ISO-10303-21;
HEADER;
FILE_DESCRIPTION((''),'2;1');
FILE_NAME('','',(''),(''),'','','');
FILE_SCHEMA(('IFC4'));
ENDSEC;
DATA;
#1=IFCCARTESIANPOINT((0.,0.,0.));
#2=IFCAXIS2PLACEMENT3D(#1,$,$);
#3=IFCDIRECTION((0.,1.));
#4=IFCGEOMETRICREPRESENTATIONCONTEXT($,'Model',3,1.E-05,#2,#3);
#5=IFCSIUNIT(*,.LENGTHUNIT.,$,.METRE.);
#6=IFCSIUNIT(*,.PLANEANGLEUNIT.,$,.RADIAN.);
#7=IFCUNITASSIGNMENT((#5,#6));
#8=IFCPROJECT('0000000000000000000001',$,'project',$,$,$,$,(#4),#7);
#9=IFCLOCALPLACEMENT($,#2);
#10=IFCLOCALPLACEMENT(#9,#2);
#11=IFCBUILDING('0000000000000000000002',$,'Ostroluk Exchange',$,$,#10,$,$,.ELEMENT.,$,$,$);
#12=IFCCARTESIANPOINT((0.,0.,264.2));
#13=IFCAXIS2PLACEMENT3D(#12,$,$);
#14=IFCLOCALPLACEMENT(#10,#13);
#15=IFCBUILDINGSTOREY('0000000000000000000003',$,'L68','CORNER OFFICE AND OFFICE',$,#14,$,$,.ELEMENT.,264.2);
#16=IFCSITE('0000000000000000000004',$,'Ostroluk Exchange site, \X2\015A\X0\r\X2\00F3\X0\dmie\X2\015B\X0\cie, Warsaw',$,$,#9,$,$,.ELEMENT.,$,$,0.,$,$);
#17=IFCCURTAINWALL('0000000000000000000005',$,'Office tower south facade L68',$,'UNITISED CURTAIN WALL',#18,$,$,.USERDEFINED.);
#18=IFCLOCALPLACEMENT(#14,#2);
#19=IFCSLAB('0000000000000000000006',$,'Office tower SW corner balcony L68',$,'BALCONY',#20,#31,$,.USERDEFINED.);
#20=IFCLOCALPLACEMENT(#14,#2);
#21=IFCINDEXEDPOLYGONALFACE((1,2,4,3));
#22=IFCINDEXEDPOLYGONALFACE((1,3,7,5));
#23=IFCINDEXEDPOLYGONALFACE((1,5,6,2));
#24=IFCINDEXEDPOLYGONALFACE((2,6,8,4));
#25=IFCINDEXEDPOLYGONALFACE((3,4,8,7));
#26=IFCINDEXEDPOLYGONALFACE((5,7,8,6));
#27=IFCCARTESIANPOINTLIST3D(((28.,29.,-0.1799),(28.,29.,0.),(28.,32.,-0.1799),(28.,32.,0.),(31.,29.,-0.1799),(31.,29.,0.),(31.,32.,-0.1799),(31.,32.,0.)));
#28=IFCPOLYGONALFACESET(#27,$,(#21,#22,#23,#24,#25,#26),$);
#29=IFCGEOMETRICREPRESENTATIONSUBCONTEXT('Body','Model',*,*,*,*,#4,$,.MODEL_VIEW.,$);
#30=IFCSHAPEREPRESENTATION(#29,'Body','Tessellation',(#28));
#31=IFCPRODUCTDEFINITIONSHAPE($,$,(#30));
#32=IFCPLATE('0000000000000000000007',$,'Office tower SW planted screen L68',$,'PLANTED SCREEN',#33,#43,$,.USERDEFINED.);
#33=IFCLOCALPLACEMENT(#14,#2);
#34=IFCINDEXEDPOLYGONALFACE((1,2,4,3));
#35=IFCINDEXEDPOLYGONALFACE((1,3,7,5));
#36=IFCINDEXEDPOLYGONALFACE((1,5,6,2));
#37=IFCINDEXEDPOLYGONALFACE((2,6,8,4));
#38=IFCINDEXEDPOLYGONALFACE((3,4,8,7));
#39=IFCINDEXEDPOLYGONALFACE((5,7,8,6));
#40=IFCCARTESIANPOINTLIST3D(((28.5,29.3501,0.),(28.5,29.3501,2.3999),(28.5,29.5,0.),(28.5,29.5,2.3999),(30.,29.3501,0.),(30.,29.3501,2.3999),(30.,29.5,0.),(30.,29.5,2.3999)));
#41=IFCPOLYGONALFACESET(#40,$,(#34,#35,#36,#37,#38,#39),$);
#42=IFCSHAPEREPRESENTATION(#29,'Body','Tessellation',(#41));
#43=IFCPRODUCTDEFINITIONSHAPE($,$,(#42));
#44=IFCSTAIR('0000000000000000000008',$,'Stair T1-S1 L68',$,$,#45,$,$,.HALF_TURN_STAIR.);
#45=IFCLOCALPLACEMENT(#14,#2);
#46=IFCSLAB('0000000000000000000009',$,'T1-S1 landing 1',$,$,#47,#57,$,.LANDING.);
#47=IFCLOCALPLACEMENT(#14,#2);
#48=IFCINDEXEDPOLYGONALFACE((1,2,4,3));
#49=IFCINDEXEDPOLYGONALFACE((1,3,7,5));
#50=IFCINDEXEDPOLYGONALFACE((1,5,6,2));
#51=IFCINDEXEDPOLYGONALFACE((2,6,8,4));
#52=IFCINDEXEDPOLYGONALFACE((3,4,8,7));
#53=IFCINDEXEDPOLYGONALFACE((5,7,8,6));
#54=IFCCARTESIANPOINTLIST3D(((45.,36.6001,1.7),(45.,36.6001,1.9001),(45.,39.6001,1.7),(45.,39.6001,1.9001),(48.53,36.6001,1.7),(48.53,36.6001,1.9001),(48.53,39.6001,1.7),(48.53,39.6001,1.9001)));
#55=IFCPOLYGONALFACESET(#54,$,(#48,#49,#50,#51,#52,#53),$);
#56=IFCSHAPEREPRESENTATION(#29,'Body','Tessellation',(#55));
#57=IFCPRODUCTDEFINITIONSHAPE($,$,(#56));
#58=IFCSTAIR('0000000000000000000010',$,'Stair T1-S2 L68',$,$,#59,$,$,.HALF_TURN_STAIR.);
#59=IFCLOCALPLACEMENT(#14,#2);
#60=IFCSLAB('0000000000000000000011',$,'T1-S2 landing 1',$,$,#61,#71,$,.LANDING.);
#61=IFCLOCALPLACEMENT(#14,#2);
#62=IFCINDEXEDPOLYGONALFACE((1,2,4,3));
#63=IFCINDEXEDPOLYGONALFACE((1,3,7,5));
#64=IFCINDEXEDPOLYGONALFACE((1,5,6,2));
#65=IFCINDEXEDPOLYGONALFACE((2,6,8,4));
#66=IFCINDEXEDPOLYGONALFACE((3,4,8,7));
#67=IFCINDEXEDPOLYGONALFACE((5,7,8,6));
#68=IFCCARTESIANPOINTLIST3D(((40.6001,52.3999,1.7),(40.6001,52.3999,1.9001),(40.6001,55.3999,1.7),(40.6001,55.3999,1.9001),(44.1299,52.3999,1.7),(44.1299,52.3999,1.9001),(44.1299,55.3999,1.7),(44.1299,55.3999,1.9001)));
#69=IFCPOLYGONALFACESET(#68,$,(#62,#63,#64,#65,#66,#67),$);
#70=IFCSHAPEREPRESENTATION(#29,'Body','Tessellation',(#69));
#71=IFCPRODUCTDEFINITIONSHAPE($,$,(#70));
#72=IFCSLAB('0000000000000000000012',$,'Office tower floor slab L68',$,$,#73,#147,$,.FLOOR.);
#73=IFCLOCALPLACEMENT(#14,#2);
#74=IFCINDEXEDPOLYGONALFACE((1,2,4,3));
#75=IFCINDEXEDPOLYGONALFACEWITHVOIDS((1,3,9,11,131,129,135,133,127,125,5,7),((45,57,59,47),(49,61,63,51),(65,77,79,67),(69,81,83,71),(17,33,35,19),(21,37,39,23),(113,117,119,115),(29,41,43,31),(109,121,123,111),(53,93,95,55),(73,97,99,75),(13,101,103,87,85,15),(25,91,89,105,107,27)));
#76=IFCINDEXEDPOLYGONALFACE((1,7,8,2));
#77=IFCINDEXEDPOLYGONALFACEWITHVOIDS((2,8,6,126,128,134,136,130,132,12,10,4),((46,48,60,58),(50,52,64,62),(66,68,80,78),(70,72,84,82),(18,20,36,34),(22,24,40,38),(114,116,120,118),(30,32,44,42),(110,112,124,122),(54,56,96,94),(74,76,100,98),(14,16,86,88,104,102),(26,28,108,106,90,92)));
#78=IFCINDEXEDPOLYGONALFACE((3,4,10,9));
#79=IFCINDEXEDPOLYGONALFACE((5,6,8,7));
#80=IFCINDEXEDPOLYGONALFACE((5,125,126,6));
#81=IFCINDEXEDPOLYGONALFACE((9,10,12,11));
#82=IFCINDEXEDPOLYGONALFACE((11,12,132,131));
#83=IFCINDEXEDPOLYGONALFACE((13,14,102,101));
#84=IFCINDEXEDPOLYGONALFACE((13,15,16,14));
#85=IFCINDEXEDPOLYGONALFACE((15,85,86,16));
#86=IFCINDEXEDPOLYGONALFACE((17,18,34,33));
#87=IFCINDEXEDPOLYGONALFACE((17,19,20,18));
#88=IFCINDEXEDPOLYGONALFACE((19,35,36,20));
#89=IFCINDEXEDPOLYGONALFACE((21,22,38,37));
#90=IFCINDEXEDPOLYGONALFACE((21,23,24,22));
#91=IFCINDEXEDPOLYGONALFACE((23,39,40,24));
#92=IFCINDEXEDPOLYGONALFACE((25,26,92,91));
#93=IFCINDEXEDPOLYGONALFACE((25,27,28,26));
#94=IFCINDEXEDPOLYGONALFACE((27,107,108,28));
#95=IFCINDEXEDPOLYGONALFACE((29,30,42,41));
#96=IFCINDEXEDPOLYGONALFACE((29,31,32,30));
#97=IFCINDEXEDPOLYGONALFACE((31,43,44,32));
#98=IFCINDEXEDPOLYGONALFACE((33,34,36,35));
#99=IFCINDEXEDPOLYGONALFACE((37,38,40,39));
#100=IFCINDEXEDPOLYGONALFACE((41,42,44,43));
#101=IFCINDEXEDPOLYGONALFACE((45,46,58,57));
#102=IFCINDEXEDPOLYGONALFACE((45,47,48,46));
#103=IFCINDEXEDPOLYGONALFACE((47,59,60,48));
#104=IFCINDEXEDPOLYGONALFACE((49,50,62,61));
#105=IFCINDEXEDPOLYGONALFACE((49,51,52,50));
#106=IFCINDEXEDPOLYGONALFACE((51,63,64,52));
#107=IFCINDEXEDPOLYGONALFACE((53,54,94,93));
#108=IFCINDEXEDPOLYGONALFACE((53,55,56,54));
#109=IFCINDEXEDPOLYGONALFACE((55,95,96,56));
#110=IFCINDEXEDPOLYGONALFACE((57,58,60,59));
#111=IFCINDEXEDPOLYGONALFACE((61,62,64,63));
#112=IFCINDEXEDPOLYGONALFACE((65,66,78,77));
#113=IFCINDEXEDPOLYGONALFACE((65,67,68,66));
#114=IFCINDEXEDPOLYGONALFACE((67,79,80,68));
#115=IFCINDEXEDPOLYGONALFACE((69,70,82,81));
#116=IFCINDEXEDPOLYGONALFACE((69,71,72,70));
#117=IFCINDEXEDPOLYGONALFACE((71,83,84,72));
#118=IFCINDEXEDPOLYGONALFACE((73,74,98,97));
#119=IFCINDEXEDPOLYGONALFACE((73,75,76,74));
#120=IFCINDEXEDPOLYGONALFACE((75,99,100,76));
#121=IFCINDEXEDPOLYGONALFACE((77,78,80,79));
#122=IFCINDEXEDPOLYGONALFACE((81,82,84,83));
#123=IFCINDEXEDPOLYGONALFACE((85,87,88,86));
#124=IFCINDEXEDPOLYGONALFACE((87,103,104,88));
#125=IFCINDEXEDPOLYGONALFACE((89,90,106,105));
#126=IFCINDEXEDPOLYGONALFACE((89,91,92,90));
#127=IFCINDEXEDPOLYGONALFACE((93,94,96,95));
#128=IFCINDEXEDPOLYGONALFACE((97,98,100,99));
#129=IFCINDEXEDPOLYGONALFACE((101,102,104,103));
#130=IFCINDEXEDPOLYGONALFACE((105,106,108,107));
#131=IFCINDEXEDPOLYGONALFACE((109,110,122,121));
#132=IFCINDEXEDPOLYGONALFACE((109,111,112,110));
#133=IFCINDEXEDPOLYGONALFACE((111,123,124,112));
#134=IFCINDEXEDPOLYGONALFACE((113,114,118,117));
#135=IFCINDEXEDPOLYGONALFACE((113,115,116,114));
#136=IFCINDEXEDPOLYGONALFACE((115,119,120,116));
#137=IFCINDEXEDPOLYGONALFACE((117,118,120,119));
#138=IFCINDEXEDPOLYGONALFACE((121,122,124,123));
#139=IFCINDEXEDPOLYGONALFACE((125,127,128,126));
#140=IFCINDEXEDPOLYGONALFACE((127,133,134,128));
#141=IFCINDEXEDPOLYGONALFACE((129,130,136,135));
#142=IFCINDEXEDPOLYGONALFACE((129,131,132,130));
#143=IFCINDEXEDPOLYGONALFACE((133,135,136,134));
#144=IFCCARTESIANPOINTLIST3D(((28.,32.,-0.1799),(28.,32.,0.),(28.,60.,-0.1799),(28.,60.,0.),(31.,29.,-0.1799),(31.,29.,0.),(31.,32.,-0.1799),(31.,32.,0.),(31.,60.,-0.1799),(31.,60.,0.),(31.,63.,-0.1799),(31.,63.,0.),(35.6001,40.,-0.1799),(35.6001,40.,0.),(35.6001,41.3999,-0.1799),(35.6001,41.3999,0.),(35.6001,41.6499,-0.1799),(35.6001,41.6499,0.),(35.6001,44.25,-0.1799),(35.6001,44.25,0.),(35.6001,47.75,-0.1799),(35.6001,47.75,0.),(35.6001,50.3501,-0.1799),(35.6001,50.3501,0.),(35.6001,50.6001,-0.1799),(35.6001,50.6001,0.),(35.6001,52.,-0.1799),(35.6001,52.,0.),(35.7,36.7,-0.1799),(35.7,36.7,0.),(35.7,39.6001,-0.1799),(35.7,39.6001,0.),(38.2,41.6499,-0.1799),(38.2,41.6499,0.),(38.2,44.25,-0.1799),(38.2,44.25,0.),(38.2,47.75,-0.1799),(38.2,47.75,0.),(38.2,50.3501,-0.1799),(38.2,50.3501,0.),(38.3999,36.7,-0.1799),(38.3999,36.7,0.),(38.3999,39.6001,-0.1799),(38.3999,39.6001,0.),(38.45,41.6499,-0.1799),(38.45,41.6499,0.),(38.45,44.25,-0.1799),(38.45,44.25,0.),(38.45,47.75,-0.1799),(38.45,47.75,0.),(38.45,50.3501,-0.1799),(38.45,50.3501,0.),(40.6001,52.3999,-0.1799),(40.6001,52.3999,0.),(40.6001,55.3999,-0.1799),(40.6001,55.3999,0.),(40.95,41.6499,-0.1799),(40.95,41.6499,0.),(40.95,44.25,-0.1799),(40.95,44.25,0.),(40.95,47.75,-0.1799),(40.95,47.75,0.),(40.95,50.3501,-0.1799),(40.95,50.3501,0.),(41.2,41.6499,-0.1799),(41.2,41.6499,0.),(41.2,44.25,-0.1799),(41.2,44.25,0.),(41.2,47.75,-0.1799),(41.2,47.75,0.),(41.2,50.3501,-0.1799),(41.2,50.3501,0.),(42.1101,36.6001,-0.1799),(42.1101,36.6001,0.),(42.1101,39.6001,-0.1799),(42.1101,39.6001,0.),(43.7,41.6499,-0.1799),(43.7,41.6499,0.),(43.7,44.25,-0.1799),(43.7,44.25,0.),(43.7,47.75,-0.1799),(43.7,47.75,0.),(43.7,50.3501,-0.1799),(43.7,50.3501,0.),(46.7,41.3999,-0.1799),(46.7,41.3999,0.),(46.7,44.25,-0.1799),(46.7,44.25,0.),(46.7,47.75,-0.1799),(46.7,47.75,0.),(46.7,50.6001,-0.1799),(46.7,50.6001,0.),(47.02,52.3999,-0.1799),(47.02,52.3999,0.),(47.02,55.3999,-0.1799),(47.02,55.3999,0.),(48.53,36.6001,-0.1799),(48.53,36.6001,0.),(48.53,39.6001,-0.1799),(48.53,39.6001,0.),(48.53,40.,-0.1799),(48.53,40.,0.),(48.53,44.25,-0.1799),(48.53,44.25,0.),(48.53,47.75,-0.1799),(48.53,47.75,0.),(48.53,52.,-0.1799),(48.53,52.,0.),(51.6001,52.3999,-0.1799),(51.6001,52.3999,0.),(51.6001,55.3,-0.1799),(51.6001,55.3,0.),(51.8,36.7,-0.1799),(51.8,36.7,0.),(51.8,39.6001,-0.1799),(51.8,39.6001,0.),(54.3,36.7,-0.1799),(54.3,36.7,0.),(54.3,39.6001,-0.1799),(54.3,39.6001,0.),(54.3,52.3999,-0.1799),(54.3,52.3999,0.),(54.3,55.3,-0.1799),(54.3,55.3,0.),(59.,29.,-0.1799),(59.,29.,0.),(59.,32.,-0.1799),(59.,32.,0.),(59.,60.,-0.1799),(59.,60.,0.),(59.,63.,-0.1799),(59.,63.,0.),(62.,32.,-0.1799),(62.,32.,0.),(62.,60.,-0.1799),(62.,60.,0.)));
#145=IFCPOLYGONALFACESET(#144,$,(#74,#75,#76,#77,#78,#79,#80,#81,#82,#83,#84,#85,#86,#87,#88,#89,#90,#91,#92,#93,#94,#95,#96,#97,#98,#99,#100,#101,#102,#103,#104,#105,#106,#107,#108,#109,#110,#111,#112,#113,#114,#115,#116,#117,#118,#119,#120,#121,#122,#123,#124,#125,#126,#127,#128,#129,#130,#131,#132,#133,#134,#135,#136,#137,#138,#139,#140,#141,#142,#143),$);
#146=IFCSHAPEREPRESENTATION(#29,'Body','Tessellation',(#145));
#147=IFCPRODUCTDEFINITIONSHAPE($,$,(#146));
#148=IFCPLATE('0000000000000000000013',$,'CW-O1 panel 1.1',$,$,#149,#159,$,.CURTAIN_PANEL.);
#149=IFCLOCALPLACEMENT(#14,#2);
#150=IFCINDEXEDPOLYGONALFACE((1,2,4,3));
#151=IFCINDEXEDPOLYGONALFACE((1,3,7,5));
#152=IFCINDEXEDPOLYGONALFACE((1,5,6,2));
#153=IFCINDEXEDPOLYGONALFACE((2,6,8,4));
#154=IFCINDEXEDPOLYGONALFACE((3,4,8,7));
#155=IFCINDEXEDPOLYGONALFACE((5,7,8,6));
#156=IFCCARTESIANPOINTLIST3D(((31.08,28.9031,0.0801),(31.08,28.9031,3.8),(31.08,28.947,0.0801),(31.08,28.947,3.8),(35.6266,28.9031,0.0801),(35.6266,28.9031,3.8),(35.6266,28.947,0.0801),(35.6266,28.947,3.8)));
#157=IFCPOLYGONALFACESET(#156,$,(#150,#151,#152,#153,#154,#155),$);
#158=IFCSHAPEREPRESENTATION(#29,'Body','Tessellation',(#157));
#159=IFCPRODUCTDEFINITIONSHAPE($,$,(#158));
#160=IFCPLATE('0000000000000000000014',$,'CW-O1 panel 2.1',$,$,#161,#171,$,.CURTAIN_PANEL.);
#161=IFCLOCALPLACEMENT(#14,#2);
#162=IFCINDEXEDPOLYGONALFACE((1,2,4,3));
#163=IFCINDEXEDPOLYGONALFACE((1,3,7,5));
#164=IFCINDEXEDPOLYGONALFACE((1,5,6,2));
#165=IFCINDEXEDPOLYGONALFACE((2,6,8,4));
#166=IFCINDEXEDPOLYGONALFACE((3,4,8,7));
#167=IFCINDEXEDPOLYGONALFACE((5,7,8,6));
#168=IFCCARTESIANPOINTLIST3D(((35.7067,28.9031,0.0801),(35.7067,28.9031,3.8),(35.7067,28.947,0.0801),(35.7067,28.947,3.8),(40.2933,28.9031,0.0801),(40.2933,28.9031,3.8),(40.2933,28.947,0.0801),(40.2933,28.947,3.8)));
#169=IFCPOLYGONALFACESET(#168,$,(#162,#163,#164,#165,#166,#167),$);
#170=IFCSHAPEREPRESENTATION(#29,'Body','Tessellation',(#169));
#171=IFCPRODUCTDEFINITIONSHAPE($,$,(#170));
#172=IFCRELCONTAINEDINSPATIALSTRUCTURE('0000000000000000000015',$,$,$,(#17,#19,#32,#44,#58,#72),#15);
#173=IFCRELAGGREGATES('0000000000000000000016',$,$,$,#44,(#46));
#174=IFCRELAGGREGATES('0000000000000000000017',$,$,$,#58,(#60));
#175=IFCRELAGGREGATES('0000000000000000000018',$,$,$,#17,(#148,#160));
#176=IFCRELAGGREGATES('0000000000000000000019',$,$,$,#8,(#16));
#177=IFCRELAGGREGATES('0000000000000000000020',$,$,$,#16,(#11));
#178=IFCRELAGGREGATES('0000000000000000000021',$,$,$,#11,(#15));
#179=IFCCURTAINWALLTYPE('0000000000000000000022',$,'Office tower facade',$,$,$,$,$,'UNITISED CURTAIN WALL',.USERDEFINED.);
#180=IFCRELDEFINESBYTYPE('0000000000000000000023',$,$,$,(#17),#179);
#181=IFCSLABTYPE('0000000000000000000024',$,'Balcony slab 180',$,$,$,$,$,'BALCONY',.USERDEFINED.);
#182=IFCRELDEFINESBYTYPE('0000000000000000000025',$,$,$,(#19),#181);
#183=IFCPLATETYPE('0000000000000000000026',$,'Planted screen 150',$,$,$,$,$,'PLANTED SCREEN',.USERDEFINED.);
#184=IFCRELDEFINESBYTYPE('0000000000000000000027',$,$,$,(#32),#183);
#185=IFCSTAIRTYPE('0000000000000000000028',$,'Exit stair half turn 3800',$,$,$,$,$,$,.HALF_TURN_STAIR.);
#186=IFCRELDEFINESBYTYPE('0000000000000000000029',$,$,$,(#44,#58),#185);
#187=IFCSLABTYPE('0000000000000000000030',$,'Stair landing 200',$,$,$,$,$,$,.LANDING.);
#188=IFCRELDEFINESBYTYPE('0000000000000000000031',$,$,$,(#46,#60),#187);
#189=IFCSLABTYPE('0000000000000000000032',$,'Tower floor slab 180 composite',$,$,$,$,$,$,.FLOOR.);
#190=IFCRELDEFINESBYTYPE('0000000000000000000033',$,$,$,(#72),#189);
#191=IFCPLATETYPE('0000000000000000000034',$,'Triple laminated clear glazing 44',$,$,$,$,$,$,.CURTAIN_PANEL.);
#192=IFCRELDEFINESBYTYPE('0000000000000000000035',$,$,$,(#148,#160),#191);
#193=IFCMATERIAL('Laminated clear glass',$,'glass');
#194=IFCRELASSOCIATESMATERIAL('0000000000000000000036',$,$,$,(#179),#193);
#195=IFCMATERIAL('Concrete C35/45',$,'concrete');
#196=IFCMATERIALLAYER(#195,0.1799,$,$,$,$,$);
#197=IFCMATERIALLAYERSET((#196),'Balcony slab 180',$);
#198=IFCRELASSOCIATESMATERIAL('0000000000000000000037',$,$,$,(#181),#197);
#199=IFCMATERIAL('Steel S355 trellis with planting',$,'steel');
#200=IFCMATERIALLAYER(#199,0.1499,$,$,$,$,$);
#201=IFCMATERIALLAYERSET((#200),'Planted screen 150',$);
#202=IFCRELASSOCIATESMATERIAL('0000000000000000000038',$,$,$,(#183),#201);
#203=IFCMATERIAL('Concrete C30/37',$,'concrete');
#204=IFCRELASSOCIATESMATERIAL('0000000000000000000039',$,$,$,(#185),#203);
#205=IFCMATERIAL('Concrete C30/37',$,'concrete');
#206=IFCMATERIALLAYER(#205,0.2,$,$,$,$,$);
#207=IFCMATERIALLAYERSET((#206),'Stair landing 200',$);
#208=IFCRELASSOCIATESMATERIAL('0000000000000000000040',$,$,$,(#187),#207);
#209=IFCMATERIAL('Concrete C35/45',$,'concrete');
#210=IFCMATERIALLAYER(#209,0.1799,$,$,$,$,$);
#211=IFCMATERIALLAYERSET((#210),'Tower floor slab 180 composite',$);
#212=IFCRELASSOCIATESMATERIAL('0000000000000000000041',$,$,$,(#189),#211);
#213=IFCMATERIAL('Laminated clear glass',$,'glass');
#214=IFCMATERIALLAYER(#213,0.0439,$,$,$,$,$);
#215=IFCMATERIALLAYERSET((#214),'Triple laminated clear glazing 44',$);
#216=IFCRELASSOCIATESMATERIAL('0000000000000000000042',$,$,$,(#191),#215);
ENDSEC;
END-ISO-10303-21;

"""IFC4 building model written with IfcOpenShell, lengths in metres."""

from ifc_helpers import new_model, si_unit, direction, frame, origin, origin_2d, place, context, subcontext, project, spatial, polyline, rectangle, outline, extrude, material, layer, layer_set, type_object, element, aggregate, save


model = new_model("IFC4")

# Units and contexts
model_context = context("Model", 3, precision=1e-05, world=origin(), true_north=direction((0.0, 1.0)))
body_context = subcontext(model_context, "Body", "Model", "MODEL_VIEW")
ifc_project = project(units=[si_unit("LENGTHUNIT", "METRE"), si_unit("PLANEANGLEUNIT", "RADIAN")], contexts=[model_context])

# Site, building, storey
site_placement = place(None, origin())
site = spatial("IfcSite", under=ifc_project, at=site_placement, Name="Ostroluk Exchange site, Śródmieście, Warsaw", CompositionType="ELEMENT", RefElevation=0.0)
building_placement = place(site_placement, origin())
building = spatial("IfcBuilding", under=site, at=building_placement, Name="Ostroluk Exchange", CompositionType="ELEMENT")
storey_placement = place(building_placement, frame((0.0, 0.0, 264.2)))
storey = spatial("IfcBuildingStorey", under=building, at=storey_placement, Name="L68", Description="CORNER OFFICE AND OFFICE", CompositionType="ELEMENT", Elevation=264.2)

# Curtain wall
ifc_material_1 = material(Name="Laminated clear glass", Category="glass")
curtain_wall_type = type_object("IfcCurtainWallType", Name="Office tower facade", ElementType="UNITISED CURTAIN WALL", PredefinedType="USERDEFINED", material=ifc_material_1)
curtain_wall_1_placement = place(storey_placement, origin())
curtain_wall_1 = element("IfcCurtainWall", 1, at=curtain_wall_1_placement, inside=storey, type_object=curtain_wall_type, Name="Office tower south facade L68", ObjectType="UNITISED CURTAIN WALL", PredefinedType="USERDEFINED")

# Slab
ifc_material_2 = material(Name="Concrete C35/45", Category="concrete")
ifc_layer_1 = layer(ifc_material_2, 0.1799)
ifc_layer_set_1 = layer_set([ifc_layer_1], Name="Balcony slab 180")
slab_type_1 = type_object("IfcSlabType", Name="Balcony slab 180", ElementType="BALCONY", PredefinedType="USERDEFINED", material=ifc_layer_set_1)
slab_1_placement = place(storey_placement, frame((0.0, 0.0, -0.1799)))
element("IfcSlab", 2, at=slab_1_placement, inside=storey, type_object=slab_type_1, Name="Office tower SW corner balcony L68", ObjectType="BALCONY", PredefinedType="USERDEFINED", context=body_context, shape_type="SweptSolid", body=[
    extrude(outline(polyline([(28.0, 29.0), (31.0, 29.0), (31.0, 32.0), (28.0, 32.0), (28.0, 29.0)])), origin(), (0.0, 0.0, 1.0), 0.1799),
])

# Plate
ifc_material_3 = material(Name="Steel S355 trellis with planting", Category="steel")
ifc_layer_2 = layer(ifc_material_3, 0.1499)
ifc_layer_set_2 = layer_set([ifc_layer_2], Name="Planted screen 150")
plate_type_1 = type_object("IfcPlateType", Name="Planted screen 150", ElementType="PLANTED SCREEN", PredefinedType="USERDEFINED", material=ifc_layer_set_2)
plate_1_placement = place(storey_placement, frame((29.25, 29.425, 0.0), z_axis=(0.0, 0.0, 1.0), x_axis=(1.0, 0.0, 0.0)))
element("IfcPlate", 3, at=plate_1_placement, inside=storey, type_object=plate_type_1, Name="Office tower SW planted screen L68", ObjectType="PLANTED SCREEN", PredefinedType="USERDEFINED", context=body_context, shape_type="SweptSolid", body=[
    extrude(rectangle(XDim=1.5, YDim=0.1499, at=origin_2d()), origin(), (0.0, 0.0, 1.0), 2.3999),
])

# Stairs, slabs
ifc_material_4 = material(Name="Concrete C30/37", Category="concrete")
stair_type = type_object("IfcStairType", Name="Exit stair half turn 3800", PredefinedType="HALF_TURN_STAIR", material=ifc_material_4)
stair_1_placement = place(storey_placement, origin())
stair_1 = element("IfcStair", 4, at=stair_1_placement, inside=storey, type_object=stair_type, Name="Stair T1-S1 L68", PredefinedType="HALF_TURN_STAIR")
ifc_material_5 = material(Name="Concrete C30/37", Category="concrete")
ifc_layer_3 = layer(ifc_material_5, 0.2)
ifc_layer_set_3 = layer_set([ifc_layer_3], Name="Stair landing 200")
slab_type_2 = type_object("IfcSlabType", Name="Stair landing 200", PredefinedType="LANDING", material=ifc_layer_set_3)
slab_2_placement = place(storey_placement, frame((0.0, 0.0, 1.7)))
slab_2 = element("IfcSlab", 5, at=slab_2_placement, type_object=slab_type_2, Name="T1-S1 landing 1", PredefinedType="LANDING", context=body_context, shape_type="SweptSolid", body=[
    extrude(outline(polyline([(45.0, 36.6001), (45.0, 39.6001), (48.53, 39.6001), (48.53, 36.6001), (45.0, 36.6001)])), origin(), (0.0, 0.0, 1.0), 0.2002),
])
aggregate(stair_1, [slab_2])
stair_2_placement = place(storey_placement, origin())
stair_2 = element("IfcStair", 6, at=stair_2_placement, inside=storey, type_object=stair_type, Name="Stair T1-S2 L68", PredefinedType="HALF_TURN_STAIR")
slab_3_placement = place(storey_placement, frame((0.0, 0.0, 1.7)))
slab_3 = element("IfcSlab", 7, at=slab_3_placement, type_object=slab_type_2, Name="T1-S2 landing 1", PredefinedType="LANDING", context=body_context, shape_type="SweptSolid", body=[
    extrude(outline(polyline([(44.1299, 52.3999), (44.1299, 55.3999), (40.6001, 55.3999), (40.6001, 52.3999), (44.1299, 52.3999)])), origin(), (0.0, 0.0, 1.0), 0.2002),
])
aggregate(stair_2, [slab_3])

# Slab
ifc_material_6 = material(Name="Concrete C35/45", Category="concrete")
ifc_layer_4 = layer(ifc_material_6, 0.1799)
ifc_layer_set_4 = layer_set([ifc_layer_4], Name="Tower floor slab 180 composite")
slab_type_3 = type_object("IfcSlabType", Name="Tower floor slab 180 composite", PredefinedType="FLOOR", material=ifc_layer_set_4)
slab_4_placement = place(storey_placement, frame((0.0, 0.0, -0.1799)))
element("IfcSlab", 8, at=slab_4_placement, inside=storey, type_object=slab_type_3, Name="Office tower floor slab L68", PredefinedType="FLOOR", context=body_context, shape_type="SweptSolid", body=[
    extrude(outline(polyline([(31.0, 29.0), (59.0, 29.0), (59.0, 32.0), (62.0, 32.0), (62.0, 60.0), (59.0, 60.0), (59.0, 63.0), (31.0, 63.0), (31.0, 60.0), (28.0, 60.0), (28.0, 32.0), (31.0, 32.0), (31.0, 29.0)]), holes=[polyline([(35.7, 36.7), (38.3999, 36.7), (38.3999, 39.6001), (35.7, 39.6001), (35.7, 36.7)]), polyline([(42.1101, 36.6001), (48.53, 36.6001), (48.53, 39.6001), (42.1101, 39.6001), (42.1101, 36.6001)]), polyline([(51.8, 36.7), (54.3, 36.7), (54.3, 39.6001), (51.8, 39.6001), (51.8, 36.7)]), polyline([(40.6001, 52.3999), (47.02, 52.3999), (47.02, 55.3999), (40.6001, 55.3999), (40.6001, 52.3999)]), polyline([(51.6001, 52.3999), (54.3, 52.3999), (54.3, 55.3), (51.6001, 55.3), (51.6001, 52.3999)]), polyline([(35.6001, 47.75), (38.2, 47.75), (38.2, 50.3501), (35.6001, 50.3501), (35.6001, 47.75)]), polyline([(38.45, 47.75), (40.95, 47.75), (40.95, 50.3501), (38.45, 50.3501), (38.45, 47.75)]), polyline([(41.2, 47.75), (43.7, 47.75), (43.7, 50.3501), (41.2, 50.3501), (41.2, 47.75)]), polyline([(35.6001, 41.6499), (38.2, 41.6499), (38.2, 44.25), (35.6001, 44.25), (35.6001, 41.6499)]), polyline([(38.45, 41.6499), (40.95, 41.6499), (40.95, 44.25), (38.45, 44.25), (38.45, 41.6499)]), polyline([(41.2, 41.6499), (43.7, 41.6499), (43.7, 44.25), (41.2, 44.25), (41.2, 41.6499)]), polyline([(48.53, 52.0), (48.53, 47.75), (46.7, 47.75), (46.7, 50.6001), (35.6001, 50.6001), (35.6001, 52.0), (48.53, 52.0)]), polyline([(35.6001, 40.0), (35.6001, 41.3999), (46.7, 41.3999), (46.7, 44.25), (48.53, 44.25), (48.53, 40.0), (35.6001, 40.0)])]), origin(), (0.0, 0.0, 1.0), 0.1799),
])

# Plates
ifc_material_7 = material(Name="Laminated clear glass", Category="glass")
ifc_layer_5 = layer(ifc_material_7, 0.0439)
ifc_layer_set_5 = layer_set([ifc_layer_5], Name="Triple laminated clear glazing 44")
plate_type_2 = type_object("IfcPlateType", Name="Triple laminated clear glazing 44", PredefinedType="CURTAIN_PANEL", material=ifc_layer_set_5)
plate_2_placement = place(storey_placement, frame((33.3533, 28.925, 0.0801), z_axis=(0.0, 0.0, 1.0), x_axis=(1.0, 0.0, 0.0)))
plate_2 = element("IfcPlate", 9, at=plate_2_placement, type_object=plate_type_2, Name="CW-O1 panel 1.1", PredefinedType="CURTAIN_PANEL", context=body_context, shape_type="SweptSolid", body=[
    extrude(rectangle(XDim=4.5466, YDim=0.0439, at=origin_2d()), origin(), (0.0, 0.0, 1.0), 3.72),
])
plate_3_placement = place(storey_placement, frame((38.0, 28.925, 0.0801), z_axis=(0.0, 0.0, 1.0), x_axis=(1.0, 0.0, 0.0)))
plate_3 = element("IfcPlate", 10, at=plate_3_placement, type_object=plate_type_2, Name="CW-O1 panel 2.1", PredefinedType="CURTAIN_PANEL", context=body_context, shape_type="SweptSolid", body=[
    extrude(rectangle(XDim=4.5867, YDim=0.0439, at=origin_2d()), origin(), (0.0, 0.0, 1.0), 3.72),
])
aggregate(curtain_wall_1, [plate_2, plate_3])

save(model, "model.ifc")
